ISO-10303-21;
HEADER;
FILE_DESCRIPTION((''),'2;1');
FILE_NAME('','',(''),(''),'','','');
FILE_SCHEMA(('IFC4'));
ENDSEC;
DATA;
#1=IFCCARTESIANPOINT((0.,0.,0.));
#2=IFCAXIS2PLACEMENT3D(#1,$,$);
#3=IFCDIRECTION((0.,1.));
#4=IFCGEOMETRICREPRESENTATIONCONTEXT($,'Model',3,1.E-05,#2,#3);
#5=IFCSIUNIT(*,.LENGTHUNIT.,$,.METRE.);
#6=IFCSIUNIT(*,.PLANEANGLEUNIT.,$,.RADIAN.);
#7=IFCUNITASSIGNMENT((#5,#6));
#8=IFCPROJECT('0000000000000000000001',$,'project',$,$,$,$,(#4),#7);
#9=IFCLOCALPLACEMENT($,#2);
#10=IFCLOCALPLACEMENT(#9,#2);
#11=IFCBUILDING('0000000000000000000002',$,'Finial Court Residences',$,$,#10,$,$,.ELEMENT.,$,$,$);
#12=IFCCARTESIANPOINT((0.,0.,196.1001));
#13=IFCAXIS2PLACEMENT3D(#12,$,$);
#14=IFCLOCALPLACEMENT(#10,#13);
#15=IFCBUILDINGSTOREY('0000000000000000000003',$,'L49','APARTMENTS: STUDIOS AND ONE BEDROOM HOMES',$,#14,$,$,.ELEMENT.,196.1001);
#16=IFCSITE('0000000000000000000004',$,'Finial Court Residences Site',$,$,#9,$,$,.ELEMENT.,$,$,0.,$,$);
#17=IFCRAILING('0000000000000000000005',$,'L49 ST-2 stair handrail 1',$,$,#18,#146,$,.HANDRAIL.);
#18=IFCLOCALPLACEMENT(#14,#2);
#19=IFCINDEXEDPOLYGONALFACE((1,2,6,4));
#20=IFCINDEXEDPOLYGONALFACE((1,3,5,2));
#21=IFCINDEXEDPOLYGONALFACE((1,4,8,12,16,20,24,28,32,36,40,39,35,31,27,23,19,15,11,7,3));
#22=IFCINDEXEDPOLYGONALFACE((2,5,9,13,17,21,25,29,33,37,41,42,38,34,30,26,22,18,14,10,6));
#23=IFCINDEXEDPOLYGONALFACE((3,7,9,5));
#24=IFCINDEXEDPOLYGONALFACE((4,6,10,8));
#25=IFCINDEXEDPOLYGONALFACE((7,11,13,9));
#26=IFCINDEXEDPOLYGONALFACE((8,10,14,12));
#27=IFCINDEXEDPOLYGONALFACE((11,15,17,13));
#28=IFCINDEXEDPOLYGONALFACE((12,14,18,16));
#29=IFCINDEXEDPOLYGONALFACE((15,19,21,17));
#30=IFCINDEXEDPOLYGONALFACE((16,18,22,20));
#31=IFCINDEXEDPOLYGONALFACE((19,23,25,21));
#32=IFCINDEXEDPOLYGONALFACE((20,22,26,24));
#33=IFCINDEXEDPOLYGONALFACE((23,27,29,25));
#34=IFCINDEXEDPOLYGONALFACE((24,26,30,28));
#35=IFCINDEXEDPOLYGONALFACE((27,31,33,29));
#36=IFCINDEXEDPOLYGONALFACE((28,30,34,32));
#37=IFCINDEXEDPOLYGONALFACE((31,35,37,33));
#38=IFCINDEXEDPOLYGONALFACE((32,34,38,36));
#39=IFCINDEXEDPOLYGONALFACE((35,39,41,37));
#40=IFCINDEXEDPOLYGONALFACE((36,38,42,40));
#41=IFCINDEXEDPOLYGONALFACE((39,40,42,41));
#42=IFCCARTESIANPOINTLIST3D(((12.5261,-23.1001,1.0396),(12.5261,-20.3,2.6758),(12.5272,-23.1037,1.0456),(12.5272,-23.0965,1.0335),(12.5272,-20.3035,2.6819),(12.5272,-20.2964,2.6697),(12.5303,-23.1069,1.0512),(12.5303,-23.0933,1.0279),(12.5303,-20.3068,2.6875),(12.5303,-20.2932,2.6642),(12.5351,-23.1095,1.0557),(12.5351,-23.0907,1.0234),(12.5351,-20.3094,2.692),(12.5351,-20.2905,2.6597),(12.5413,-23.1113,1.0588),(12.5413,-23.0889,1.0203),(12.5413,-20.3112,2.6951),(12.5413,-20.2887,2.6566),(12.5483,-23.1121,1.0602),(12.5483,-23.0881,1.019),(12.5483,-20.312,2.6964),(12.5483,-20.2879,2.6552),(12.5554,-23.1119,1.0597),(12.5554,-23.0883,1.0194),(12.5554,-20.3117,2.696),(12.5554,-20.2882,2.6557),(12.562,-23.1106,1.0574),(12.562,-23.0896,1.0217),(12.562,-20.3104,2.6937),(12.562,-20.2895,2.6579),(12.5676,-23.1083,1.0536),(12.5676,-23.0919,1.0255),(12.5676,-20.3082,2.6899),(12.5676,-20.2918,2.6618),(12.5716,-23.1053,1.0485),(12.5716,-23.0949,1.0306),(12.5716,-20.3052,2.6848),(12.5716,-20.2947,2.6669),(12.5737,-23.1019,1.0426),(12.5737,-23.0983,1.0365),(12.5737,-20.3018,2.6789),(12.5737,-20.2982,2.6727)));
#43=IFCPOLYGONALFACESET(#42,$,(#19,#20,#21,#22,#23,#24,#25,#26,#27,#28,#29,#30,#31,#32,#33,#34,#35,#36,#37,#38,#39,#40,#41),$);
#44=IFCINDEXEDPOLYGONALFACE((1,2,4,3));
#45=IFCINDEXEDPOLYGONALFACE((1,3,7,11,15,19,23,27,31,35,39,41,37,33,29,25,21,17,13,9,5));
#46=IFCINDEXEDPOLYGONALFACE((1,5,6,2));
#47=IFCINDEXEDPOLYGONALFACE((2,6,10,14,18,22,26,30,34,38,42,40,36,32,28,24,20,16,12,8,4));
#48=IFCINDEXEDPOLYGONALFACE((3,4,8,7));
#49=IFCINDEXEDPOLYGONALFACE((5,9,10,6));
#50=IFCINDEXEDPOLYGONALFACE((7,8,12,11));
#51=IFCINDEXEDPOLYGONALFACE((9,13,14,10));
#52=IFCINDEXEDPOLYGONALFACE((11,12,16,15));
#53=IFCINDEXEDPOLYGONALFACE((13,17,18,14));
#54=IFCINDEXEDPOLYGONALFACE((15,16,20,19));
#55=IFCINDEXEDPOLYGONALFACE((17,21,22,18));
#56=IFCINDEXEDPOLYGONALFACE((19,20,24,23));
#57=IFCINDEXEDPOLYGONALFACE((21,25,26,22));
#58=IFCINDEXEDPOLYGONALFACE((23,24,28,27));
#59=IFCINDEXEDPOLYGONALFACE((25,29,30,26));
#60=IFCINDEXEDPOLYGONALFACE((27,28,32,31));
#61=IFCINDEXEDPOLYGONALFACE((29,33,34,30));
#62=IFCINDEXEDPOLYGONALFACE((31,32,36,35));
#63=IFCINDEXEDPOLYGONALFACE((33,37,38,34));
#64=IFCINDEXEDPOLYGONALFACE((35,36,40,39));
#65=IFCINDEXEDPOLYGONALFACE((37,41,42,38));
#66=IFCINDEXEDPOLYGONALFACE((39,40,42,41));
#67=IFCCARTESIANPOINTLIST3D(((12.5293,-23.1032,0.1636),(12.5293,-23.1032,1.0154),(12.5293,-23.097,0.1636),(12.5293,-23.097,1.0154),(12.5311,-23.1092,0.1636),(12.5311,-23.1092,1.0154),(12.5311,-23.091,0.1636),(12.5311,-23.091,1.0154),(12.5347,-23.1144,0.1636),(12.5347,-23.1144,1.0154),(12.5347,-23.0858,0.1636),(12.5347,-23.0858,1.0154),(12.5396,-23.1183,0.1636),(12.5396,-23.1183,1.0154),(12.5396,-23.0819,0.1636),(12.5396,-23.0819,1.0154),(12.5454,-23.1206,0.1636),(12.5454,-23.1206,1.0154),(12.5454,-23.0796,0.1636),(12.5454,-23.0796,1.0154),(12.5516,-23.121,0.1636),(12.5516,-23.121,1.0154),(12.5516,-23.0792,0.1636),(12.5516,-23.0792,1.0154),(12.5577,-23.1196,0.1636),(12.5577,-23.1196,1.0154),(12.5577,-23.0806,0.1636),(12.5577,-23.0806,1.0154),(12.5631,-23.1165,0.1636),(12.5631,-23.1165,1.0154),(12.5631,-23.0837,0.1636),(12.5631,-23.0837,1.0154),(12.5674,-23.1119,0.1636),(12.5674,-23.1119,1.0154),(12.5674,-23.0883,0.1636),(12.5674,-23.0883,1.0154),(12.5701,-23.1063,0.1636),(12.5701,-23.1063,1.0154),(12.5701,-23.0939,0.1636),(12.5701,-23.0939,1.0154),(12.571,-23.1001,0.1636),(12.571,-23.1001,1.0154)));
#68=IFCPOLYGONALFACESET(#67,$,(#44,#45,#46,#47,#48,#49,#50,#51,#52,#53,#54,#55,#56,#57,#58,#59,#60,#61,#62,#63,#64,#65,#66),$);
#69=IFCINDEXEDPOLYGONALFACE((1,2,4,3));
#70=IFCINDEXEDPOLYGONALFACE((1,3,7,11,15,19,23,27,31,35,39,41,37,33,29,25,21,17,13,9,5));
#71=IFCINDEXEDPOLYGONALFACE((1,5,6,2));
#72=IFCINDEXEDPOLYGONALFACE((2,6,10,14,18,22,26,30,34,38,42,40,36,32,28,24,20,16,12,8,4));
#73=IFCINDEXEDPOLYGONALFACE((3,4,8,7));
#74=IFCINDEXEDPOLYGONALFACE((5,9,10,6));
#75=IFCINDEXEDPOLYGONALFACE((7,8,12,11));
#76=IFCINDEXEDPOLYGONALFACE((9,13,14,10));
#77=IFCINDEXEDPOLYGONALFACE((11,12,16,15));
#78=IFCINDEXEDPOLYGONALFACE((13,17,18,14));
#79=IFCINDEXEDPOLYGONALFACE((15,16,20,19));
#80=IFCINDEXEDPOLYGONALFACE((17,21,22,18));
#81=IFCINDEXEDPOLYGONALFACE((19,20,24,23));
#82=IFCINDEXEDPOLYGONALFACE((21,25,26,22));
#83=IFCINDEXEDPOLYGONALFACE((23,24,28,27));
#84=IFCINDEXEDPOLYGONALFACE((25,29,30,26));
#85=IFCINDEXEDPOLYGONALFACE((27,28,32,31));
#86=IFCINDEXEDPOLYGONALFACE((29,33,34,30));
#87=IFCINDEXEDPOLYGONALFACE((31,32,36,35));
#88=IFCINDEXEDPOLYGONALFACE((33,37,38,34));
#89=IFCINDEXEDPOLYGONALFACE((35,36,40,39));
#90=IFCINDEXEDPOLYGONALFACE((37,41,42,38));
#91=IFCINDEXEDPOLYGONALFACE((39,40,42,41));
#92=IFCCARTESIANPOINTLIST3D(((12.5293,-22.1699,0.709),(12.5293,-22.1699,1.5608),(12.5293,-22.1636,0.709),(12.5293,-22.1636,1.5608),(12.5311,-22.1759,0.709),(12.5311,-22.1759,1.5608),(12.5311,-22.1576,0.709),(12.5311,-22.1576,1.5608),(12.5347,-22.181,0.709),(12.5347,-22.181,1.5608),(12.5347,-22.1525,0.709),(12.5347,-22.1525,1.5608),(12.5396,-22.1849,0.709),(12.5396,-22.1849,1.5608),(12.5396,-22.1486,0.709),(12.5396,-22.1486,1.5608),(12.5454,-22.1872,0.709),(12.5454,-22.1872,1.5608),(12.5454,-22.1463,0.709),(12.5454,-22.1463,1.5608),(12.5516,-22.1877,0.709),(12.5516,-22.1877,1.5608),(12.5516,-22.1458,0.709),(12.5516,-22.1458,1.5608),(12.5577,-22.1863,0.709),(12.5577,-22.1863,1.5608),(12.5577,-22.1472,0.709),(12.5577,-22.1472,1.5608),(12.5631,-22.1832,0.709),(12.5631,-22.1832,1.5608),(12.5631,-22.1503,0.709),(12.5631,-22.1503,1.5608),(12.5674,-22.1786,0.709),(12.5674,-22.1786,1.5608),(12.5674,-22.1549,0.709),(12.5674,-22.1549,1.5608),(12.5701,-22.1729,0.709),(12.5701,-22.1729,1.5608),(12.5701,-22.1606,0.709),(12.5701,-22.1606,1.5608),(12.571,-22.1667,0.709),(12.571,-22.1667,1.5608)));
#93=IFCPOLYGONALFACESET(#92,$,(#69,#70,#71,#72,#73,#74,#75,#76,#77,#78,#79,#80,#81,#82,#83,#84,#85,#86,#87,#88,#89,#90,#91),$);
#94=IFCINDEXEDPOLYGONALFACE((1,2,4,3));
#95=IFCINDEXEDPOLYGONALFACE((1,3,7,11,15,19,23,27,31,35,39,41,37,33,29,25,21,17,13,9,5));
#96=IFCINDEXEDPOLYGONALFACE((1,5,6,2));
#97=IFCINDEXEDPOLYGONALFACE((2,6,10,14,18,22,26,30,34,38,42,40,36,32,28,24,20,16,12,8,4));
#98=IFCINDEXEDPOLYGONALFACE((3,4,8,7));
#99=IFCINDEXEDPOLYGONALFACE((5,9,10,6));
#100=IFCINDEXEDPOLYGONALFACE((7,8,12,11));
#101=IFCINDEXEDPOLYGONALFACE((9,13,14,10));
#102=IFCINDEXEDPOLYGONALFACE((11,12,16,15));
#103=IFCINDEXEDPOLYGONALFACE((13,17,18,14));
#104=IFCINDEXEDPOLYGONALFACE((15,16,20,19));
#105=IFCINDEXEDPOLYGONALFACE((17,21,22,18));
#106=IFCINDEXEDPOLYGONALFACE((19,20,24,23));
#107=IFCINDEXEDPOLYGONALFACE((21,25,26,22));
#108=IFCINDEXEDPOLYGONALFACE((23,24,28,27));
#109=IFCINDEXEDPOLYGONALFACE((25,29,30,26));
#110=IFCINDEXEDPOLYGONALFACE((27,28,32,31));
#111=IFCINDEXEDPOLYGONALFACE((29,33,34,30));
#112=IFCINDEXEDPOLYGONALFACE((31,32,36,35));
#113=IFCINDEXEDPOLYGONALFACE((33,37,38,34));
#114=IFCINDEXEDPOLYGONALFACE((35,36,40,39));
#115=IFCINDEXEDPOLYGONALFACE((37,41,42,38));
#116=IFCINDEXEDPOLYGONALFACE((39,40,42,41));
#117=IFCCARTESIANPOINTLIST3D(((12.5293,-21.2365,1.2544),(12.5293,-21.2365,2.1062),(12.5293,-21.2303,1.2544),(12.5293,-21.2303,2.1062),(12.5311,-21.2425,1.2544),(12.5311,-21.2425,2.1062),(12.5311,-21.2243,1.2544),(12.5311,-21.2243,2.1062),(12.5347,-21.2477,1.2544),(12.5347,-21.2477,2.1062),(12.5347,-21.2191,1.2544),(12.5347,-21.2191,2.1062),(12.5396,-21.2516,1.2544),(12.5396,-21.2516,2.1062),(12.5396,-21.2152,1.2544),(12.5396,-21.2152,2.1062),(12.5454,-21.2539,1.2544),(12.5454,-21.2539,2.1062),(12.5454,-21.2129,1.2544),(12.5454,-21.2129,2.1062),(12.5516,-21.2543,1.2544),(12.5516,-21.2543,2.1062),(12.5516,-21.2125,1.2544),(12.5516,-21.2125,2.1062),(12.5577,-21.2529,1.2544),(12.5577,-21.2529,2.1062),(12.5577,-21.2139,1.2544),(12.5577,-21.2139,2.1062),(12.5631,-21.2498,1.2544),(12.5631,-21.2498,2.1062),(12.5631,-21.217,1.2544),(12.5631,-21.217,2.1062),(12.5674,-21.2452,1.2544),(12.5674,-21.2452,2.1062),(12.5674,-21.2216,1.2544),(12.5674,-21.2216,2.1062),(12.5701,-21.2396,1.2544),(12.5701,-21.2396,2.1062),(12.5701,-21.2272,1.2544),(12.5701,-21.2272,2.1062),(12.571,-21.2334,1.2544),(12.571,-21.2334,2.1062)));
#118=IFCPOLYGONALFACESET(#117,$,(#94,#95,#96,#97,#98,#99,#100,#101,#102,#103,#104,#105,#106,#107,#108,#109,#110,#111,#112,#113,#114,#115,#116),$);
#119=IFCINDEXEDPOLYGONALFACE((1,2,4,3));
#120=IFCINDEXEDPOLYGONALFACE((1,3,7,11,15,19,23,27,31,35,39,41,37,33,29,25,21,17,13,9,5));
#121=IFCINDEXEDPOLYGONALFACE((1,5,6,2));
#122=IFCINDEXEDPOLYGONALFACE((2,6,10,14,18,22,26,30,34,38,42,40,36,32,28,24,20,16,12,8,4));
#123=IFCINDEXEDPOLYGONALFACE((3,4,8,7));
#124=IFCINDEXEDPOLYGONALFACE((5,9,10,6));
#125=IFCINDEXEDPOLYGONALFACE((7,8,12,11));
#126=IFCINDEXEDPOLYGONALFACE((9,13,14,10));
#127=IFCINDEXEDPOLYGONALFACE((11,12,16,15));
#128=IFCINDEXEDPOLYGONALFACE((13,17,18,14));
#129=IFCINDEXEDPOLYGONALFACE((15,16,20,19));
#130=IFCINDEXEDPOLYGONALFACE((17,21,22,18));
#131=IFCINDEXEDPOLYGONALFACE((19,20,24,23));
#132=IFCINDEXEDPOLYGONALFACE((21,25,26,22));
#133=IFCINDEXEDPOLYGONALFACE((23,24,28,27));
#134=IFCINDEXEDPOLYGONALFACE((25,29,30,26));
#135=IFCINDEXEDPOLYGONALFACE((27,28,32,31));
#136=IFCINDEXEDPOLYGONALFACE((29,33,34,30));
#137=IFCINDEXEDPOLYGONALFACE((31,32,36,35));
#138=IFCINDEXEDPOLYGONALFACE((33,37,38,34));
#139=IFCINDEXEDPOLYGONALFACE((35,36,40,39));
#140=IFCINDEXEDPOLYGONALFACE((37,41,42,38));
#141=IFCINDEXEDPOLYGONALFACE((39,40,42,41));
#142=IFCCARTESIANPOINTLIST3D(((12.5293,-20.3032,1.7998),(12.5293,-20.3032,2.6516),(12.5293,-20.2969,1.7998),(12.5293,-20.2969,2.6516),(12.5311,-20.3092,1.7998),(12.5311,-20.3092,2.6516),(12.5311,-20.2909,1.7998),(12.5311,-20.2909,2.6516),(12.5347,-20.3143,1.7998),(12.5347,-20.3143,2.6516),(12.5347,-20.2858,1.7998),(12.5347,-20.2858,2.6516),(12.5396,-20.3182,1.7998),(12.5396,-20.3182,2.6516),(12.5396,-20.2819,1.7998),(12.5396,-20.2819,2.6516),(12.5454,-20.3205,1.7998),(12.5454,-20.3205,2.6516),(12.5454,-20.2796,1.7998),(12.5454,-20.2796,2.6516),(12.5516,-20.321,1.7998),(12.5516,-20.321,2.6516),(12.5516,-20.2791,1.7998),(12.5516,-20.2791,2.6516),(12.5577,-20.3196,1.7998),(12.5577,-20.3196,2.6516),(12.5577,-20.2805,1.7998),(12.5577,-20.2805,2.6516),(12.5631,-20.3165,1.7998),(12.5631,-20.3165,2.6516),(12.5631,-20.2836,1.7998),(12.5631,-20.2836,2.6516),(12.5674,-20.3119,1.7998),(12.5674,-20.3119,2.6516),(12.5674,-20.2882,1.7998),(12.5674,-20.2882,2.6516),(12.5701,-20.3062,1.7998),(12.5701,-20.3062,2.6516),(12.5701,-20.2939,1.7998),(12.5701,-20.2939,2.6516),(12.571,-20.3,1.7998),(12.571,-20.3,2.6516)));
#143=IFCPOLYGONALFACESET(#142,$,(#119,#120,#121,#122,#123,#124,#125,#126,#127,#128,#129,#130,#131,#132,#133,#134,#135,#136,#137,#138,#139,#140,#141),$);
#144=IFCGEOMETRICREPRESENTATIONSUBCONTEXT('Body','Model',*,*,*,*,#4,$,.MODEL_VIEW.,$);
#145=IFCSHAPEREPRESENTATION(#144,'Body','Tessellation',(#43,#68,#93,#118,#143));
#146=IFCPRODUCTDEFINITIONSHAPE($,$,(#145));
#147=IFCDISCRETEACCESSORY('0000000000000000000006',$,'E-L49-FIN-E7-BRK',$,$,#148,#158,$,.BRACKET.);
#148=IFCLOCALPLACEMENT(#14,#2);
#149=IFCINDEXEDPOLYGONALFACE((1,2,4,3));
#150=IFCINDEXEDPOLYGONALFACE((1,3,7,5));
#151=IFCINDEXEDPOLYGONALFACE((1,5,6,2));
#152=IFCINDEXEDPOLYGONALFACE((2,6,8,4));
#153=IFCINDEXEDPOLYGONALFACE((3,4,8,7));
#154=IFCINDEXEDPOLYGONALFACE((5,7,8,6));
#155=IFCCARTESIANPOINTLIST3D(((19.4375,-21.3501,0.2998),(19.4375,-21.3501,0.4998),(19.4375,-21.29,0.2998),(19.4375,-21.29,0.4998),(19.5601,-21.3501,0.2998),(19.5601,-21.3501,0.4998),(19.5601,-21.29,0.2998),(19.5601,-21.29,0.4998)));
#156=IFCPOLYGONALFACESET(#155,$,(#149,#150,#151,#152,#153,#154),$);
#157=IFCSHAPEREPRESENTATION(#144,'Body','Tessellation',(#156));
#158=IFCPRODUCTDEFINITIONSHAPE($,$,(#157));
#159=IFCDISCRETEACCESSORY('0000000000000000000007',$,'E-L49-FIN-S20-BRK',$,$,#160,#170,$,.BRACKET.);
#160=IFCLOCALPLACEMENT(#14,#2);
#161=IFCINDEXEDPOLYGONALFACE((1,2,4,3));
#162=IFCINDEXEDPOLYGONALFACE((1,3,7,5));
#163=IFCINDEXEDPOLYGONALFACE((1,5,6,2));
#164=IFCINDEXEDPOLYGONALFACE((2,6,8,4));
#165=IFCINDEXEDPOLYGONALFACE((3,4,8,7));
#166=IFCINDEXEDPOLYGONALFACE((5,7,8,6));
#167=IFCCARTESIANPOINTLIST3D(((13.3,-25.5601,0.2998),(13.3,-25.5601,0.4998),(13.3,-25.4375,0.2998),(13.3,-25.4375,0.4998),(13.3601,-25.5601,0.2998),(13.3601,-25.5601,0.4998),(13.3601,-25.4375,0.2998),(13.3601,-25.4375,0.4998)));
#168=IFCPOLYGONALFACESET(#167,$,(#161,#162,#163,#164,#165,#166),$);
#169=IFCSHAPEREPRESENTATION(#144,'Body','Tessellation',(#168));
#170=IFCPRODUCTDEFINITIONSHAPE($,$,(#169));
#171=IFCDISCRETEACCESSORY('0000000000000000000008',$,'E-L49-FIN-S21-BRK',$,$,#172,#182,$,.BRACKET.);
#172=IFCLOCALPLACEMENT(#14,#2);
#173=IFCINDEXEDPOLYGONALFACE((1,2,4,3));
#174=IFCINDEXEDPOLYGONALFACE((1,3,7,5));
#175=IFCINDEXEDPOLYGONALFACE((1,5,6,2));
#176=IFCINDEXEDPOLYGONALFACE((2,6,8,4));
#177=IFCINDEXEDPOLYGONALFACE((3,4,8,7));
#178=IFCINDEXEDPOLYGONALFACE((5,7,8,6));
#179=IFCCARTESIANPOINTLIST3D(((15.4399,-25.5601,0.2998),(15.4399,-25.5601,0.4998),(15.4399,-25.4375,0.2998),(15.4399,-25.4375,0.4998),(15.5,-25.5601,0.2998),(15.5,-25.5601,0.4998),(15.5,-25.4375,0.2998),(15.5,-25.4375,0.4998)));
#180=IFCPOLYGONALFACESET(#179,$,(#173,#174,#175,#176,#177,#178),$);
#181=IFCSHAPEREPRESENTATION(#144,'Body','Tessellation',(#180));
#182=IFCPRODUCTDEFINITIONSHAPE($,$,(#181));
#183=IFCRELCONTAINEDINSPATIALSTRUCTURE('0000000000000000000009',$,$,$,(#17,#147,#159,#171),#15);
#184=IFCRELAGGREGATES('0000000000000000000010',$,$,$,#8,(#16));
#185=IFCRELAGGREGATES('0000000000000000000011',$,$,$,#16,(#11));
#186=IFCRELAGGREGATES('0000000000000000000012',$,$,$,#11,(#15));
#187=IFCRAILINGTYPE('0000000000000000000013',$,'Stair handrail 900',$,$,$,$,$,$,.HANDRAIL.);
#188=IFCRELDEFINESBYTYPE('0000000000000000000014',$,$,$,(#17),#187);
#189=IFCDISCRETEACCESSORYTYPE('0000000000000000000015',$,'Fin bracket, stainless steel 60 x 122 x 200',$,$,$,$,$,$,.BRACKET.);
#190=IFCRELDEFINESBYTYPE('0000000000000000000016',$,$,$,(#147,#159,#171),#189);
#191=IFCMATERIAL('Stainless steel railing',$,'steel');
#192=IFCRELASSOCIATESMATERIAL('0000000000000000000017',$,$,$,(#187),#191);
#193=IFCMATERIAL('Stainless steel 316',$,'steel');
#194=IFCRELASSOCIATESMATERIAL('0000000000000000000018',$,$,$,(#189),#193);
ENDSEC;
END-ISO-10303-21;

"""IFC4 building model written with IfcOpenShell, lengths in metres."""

from ifc_helpers import new_model, si_unit, direction, frame, origin, origin_2d, place, context, subcontext, project, spatial, rectangle, circle, extrude, material, type_object, element, save


model = new_model("IFC4")

# Units and contexts
model_context = context("Model", 3, precision=1e-05, world=origin(), true_north=direction((0.0, 1.0)))
body_context = subcontext(model_context, "Body", "Model", "MODEL_VIEW")
ifc_project = project(units=[si_unit("LENGTHUNIT", "METRE"), si_unit("PLANEANGLEUNIT", "RADIAN")], contexts=[model_context])

# Site, building, storey
site_placement = place(None, origin())
site = spatial("IfcSite", under=ifc_project, at=site_placement, Name="Finial Court Residences Site", CompositionType="ELEMENT", RefElevation=0.0)
building_placement = place(site_placement, origin())
building = spatial("IfcBuilding", under=site, at=building_placement, Name="Finial Court Residences", CompositionType="ELEMENT")
storey_placement = place(building_placement, frame((0.0, 0.0, 196.1001)))
storey = spatial("IfcBuildingStorey", under=building, at=storey_placement, Name="L49", Description="APARTMENTS: STUDIOS AND ONE BEDROOM HOMES", CompositionType="ELEMENT", Elevation=196.1001)

# Railing
ifc_material_1 = material(Name="Stainless steel railing", Category="steel")
railing_type = type_object("IfcRailingType", Name="Stair handrail 900", PredefinedType="HANDRAIL", material=ifc_material_1)
railing_placement = place(storey_placement, frame((12.55, -23.1001, 0.1636)))
element("IfcRailing", 1, at=railing_placement, inside=storey, type_object=railing_type, Name="L49 ST-2 stair handrail 1", PredefinedType="HANDRAIL", context=body_context, shape_type="SweptSolid", body=[
    extrude(circle(Radius=0.0239, at=origin_2d()), frame((0.0, 0.0, 0.876), z_axis=(0.0, 0.863394, 0.504531), x_axis=(-1.0, 0.0, 0.0)), (0.0, 0.0, 1.0), 3.2432),
    extrude(circle(Radius=0.021, at=origin_2d()), origin(), (0.0, 0.0, 1.0), 0.8518),
    extrude(circle(Radius=0.021, at=origin_2d()), frame((0.0, 0.9333, 0.5454)), (0.0, 0.0, 1.0), 0.8518),
    extrude(circle(Radius=0.021, at=origin_2d()), frame((0.0, 1.8667, 1.0908)), (0.0, 0.0, 1.0), 0.8518),
    extrude(circle(Radius=0.021, at=origin_2d()), frame((0.0, 2.8, 1.6362)), (0.0, 0.0, 1.0), 0.8518),
])

# Discrete accessories
ifc_material_2 = material(Name="Stainless steel 316", Category="steel")
discrete_accessory_type = type_object("IfcDiscreteAccessoryType", Name="Fin bracket, stainless steel 60 x 122 x 200", PredefinedType="BRACKET", material=ifc_material_2)
discrete_accessory_placement = place(storey_placement, frame((19.4988, -21.3201, 0.2998), z_axis=(0.0, 0.0, 1.0), x_axis=(1.0, 0.0, 0.0)))
element("IfcDiscreteAccessory", 2, at=discrete_accessory_placement, inside=storey, type_object=discrete_accessory_type, Name="E-L49-FIN-E7-BRK", PredefinedType="BRACKET", context=body_context, shape_type="SweptSolid", body=[
    extrude(rectangle(XDim=0.1226, YDim=0.0601, at=origin_2d()), origin(), (0.0, 0.0, 1.0), 0.2),
])
for number, where, z_axis, x_axis, name in (
    (3, (13.3301, -25.4988, 0.2998), (0.0, 0.0, 1.0), (1.0, 0.0, 0.0), "E-L49-FIN-S20-BRK"),
    (4, (15.47, -25.4988, 0.2998), (0.0, 0.0, 1.0), (1.0, 0.0, 0.0), "E-L49-FIN-S21-BRK"),
):
    element("IfcDiscreteAccessory", number, at=place(storey_placement, frame(where, z_axis=z_axis, x_axis=x_axis)), inside=storey, type_object=discrete_accessory_type, Name=name, PredefinedType="BRACKET", context=body_context, shape_type="SweptSolid", body=[
        extrude(rectangle(XDim=0.0601, YDim=0.1226, at=origin_2d()), origin(), (0.0, 0.0, 1.0), 0.2),
    ])

save(model, "model.ifc")
